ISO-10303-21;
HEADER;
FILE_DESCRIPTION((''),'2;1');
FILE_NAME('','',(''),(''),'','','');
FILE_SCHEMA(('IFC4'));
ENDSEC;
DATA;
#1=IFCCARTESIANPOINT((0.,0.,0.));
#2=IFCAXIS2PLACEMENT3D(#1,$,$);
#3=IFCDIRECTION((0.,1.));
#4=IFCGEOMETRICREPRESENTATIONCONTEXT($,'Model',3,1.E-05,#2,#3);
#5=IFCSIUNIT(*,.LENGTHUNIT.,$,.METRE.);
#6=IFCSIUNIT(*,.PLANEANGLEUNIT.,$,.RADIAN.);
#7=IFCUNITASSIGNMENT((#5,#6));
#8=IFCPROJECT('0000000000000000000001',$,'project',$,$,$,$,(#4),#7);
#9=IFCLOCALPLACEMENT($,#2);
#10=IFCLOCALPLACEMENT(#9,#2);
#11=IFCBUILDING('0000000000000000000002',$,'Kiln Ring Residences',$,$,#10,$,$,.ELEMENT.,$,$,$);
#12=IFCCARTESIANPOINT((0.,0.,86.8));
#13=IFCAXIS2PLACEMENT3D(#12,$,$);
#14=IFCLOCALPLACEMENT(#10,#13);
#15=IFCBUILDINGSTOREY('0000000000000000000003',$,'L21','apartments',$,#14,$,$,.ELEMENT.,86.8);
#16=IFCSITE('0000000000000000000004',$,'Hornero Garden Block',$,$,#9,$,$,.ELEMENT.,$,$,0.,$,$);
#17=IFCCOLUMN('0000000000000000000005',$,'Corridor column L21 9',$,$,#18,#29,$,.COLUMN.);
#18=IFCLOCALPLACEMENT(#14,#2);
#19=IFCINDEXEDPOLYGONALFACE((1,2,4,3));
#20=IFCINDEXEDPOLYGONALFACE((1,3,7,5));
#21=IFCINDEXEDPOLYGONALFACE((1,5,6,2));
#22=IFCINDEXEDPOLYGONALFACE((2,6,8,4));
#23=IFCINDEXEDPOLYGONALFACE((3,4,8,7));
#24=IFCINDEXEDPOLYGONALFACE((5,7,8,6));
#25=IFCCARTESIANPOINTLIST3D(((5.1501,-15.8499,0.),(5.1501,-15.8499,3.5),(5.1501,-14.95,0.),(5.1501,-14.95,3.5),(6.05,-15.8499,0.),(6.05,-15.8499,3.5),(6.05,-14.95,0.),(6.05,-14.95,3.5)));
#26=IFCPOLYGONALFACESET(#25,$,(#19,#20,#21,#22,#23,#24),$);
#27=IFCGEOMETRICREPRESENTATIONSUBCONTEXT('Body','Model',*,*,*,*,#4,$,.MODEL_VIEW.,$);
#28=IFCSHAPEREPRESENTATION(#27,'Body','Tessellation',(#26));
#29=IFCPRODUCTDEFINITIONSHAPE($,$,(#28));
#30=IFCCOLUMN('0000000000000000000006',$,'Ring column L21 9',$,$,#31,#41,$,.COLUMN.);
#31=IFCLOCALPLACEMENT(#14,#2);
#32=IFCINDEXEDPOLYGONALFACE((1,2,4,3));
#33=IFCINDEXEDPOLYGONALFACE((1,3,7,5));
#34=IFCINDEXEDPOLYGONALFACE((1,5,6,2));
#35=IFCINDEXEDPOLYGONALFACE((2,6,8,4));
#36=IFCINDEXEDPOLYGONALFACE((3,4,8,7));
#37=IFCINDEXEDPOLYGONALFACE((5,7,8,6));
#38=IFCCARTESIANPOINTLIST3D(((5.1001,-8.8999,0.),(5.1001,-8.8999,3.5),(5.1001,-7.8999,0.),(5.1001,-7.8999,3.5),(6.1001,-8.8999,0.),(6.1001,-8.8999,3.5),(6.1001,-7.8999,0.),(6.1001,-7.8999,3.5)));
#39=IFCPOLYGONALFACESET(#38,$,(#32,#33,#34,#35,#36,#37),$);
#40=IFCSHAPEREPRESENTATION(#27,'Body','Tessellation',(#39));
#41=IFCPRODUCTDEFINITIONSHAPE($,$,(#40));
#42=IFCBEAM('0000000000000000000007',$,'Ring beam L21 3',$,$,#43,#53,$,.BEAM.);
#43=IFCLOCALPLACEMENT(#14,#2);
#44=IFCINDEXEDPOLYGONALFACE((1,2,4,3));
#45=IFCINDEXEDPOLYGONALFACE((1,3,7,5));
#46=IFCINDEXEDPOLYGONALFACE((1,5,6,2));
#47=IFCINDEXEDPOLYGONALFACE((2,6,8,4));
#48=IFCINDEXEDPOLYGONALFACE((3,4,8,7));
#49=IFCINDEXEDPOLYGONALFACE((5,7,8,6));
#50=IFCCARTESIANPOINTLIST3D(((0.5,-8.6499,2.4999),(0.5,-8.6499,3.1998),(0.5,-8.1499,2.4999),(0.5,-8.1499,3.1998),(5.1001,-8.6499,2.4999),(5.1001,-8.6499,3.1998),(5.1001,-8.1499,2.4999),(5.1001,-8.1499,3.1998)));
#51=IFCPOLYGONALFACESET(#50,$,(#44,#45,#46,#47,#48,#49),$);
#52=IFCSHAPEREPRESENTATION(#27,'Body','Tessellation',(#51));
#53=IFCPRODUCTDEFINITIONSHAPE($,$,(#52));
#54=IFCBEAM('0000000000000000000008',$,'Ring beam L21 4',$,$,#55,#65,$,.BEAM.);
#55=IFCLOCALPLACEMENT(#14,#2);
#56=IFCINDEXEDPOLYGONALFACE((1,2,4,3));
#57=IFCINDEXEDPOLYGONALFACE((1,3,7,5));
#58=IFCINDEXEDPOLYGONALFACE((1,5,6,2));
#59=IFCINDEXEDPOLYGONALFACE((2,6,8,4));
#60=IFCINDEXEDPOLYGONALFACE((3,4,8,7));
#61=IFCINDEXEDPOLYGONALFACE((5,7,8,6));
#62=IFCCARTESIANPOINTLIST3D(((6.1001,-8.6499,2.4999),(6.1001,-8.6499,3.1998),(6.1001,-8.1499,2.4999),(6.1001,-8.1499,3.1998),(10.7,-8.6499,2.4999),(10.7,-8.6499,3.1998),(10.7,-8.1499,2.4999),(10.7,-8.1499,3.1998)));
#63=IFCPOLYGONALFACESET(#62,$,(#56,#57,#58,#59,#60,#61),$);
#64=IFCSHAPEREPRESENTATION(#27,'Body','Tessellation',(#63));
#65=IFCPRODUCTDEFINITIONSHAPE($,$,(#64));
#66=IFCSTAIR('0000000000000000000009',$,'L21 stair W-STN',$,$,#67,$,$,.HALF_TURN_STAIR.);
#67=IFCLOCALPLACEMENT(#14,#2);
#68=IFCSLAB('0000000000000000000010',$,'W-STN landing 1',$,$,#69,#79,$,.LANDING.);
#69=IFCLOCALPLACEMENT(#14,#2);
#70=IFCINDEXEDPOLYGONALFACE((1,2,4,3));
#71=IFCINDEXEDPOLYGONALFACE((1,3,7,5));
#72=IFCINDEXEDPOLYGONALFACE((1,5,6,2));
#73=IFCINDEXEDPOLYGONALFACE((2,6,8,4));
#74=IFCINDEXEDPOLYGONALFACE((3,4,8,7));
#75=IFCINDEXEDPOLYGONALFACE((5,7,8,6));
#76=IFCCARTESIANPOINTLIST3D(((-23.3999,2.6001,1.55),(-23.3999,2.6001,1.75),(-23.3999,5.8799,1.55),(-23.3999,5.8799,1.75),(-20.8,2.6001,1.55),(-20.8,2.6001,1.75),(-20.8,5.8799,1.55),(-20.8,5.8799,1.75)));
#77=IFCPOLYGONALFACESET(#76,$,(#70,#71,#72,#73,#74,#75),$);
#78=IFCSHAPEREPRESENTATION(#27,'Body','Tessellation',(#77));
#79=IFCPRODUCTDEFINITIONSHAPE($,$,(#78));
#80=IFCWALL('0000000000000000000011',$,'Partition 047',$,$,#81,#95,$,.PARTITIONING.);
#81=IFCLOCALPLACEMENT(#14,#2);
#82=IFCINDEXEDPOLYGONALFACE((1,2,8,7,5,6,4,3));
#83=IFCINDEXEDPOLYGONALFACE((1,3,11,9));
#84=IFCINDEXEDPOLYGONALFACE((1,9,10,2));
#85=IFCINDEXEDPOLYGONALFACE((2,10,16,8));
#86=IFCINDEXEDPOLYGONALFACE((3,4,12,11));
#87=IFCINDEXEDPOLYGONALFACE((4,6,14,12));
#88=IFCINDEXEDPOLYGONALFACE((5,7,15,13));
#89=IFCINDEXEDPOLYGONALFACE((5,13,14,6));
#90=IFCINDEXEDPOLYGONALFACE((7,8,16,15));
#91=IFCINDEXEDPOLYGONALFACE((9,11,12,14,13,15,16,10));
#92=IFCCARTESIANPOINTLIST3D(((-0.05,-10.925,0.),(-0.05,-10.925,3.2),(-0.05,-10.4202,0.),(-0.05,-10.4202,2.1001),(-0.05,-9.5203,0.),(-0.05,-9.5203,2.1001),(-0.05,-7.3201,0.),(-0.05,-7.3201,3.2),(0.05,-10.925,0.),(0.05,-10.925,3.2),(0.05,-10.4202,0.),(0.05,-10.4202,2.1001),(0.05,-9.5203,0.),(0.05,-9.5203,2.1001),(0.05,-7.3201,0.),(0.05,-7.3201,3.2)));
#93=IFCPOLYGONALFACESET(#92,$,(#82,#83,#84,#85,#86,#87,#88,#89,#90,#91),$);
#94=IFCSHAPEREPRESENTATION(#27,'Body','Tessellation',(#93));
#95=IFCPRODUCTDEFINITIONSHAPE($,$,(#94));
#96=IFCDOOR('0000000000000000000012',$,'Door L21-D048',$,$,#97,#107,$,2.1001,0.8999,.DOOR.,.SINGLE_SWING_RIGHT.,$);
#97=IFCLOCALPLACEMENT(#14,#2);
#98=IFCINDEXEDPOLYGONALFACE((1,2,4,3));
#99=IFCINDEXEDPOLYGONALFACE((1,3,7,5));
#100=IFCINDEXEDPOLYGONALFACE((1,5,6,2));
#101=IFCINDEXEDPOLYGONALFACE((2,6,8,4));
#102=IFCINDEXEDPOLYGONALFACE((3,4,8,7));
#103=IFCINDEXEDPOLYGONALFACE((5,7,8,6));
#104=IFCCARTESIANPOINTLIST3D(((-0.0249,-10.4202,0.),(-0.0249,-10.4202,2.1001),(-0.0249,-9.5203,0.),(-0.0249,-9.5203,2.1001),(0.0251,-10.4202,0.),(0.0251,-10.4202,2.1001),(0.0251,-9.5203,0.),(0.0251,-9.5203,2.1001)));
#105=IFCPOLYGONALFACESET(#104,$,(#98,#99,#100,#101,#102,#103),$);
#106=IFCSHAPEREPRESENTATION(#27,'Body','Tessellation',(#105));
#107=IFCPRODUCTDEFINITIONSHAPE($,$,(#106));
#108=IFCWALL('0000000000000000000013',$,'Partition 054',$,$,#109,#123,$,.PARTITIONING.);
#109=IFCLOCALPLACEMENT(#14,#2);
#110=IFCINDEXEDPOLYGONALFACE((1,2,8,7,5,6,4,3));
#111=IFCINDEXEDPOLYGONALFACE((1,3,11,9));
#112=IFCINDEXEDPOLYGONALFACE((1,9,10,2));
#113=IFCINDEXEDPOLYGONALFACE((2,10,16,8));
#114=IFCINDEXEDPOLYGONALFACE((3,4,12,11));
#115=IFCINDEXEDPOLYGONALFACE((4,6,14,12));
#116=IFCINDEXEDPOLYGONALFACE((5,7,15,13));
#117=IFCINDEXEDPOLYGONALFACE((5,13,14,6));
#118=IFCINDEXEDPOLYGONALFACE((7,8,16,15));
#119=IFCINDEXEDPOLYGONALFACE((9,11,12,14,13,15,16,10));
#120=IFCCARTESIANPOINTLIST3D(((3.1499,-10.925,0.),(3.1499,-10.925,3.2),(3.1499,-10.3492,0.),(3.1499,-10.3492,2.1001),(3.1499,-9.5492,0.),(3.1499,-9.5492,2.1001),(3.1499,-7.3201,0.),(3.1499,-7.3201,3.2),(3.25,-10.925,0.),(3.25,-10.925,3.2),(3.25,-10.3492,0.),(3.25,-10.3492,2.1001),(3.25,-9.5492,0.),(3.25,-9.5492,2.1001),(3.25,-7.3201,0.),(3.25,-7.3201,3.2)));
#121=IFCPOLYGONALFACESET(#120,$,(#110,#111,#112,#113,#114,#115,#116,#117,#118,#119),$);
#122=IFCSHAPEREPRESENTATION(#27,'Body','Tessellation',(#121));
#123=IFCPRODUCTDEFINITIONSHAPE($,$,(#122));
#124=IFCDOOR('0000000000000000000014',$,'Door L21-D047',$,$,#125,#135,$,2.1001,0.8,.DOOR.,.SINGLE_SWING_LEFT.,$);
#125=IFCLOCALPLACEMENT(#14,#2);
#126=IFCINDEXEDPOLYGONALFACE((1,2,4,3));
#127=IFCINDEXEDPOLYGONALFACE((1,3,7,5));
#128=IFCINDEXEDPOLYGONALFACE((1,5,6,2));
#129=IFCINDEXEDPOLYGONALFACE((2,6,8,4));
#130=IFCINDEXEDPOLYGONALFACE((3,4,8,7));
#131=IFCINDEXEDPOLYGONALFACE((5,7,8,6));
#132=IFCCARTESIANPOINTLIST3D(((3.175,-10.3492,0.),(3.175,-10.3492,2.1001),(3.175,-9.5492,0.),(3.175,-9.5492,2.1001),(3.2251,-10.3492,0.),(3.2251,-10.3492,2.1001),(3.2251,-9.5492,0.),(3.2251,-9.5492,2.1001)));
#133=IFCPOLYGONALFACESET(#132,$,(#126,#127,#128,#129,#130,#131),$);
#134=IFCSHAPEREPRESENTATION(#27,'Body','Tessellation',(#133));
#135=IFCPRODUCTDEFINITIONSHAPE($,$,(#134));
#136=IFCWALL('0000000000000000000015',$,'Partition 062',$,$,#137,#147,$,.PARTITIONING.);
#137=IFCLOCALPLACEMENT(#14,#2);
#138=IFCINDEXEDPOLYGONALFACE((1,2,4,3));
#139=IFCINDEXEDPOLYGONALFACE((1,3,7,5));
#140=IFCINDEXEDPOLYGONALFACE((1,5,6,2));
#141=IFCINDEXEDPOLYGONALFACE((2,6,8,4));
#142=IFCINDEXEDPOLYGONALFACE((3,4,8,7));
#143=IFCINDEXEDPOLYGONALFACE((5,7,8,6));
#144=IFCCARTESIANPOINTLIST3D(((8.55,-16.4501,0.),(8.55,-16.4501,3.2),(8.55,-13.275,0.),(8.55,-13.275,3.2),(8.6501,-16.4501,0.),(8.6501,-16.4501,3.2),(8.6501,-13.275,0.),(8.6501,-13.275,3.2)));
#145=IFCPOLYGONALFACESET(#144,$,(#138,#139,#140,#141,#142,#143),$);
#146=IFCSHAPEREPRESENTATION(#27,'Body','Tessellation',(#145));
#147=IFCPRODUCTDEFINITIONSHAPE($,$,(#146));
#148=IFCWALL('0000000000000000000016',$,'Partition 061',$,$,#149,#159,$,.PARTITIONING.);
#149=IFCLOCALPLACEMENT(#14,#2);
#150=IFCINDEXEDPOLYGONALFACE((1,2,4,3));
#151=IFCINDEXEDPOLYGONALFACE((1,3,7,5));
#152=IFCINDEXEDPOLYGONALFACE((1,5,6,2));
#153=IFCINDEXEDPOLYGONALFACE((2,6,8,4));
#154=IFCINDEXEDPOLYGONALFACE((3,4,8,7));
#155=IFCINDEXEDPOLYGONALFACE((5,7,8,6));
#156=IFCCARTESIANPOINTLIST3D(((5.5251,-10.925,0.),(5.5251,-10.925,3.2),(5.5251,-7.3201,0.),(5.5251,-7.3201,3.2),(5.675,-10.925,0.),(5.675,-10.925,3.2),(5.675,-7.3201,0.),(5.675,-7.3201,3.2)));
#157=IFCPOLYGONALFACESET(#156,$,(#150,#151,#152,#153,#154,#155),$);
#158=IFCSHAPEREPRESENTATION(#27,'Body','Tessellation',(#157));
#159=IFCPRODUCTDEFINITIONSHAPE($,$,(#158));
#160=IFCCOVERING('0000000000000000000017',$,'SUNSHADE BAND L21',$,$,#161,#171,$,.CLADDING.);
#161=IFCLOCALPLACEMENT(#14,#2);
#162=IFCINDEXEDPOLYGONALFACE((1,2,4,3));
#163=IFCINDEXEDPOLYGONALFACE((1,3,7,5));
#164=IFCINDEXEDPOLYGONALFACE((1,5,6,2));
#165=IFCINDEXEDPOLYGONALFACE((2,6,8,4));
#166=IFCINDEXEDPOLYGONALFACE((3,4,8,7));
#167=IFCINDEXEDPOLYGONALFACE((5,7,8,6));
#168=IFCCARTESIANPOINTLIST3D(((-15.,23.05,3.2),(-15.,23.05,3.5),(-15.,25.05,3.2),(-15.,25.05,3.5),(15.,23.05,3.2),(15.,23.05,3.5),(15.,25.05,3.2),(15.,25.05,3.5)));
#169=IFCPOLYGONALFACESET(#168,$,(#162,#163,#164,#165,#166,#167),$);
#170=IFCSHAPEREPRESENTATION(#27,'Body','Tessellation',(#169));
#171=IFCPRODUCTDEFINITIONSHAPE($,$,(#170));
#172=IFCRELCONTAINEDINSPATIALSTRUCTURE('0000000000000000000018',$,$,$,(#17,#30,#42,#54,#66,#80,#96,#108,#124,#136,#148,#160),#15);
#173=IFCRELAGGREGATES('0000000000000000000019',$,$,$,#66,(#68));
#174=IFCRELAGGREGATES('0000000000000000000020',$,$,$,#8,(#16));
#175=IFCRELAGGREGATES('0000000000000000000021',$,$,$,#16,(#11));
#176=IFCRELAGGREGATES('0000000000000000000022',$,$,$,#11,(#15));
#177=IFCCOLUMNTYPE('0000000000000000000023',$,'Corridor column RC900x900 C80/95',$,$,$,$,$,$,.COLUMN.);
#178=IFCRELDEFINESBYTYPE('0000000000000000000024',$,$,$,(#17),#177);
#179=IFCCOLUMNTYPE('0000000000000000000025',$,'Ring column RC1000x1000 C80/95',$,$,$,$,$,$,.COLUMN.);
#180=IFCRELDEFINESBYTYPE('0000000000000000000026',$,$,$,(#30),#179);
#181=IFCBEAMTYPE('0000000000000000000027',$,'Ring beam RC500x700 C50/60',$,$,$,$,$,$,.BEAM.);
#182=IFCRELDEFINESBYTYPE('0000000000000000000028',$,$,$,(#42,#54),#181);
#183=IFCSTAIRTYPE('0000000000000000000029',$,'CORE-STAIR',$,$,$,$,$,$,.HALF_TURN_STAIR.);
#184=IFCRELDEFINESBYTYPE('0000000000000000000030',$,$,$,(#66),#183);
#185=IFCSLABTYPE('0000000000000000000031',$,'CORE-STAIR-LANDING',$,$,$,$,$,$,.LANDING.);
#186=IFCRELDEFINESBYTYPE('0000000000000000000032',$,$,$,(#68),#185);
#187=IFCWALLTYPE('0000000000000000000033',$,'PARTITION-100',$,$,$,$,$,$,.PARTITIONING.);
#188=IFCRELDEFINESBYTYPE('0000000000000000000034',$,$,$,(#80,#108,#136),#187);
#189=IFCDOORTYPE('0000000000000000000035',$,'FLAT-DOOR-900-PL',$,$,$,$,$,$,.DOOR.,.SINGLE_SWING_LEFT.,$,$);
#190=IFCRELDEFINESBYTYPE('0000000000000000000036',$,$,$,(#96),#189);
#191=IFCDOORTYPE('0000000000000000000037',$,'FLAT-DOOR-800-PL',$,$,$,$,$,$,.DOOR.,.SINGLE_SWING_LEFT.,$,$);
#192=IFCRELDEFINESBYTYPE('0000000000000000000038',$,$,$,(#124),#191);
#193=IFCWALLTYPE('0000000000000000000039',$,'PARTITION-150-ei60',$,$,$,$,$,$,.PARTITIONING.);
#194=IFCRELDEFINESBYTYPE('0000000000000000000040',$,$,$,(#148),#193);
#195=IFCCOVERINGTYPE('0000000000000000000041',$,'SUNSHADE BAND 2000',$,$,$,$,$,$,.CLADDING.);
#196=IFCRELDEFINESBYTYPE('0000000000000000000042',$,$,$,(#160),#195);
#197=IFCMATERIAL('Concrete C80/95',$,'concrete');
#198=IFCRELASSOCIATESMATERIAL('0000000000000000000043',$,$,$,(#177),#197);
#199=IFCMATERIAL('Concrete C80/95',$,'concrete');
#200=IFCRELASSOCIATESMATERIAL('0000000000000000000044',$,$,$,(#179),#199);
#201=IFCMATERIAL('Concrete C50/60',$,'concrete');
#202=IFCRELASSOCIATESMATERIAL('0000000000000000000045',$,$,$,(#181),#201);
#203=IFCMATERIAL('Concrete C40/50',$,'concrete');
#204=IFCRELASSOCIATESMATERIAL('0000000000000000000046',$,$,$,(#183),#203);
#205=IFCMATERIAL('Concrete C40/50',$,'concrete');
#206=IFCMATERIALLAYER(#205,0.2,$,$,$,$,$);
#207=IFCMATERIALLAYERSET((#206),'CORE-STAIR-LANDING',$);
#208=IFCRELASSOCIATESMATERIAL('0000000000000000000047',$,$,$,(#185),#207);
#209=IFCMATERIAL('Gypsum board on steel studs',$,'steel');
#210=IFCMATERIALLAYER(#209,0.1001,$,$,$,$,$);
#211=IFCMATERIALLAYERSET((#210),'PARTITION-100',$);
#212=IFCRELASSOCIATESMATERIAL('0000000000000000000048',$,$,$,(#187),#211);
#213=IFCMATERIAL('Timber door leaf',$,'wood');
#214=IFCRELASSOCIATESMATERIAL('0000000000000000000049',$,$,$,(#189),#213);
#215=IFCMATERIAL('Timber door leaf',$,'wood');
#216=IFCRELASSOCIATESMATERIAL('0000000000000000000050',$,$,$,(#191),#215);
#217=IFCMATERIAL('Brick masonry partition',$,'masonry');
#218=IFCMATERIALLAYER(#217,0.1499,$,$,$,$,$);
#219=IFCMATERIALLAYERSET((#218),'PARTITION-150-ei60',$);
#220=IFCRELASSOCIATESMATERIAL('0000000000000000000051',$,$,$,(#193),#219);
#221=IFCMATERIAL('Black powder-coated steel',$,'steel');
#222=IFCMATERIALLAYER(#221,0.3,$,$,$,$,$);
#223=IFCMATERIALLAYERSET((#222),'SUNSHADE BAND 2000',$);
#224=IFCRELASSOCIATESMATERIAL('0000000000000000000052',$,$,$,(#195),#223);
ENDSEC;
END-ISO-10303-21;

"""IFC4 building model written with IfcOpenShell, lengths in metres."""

from ifc_helpers import new_model, si_unit, direction, frame, frame_2d, origin, origin_2d, place, context, subcontext, project, spatial, polyline, rectangle, outline, extrude, material, layer, layer_set, material_profile, profile_set, type_object, element, fill, aggregate, save


model = new_model("IFC4")

# Units and contexts
model_context = context("Model", 3, precision=1e-05, world=origin(), true_north=direction((0.0, 1.0)))
body_context = subcontext(model_context, "Body", "Model", "MODEL_VIEW")
ifc_project = project(units=[si_unit("LENGTHUNIT", "METRE"), si_unit("PLANEANGLEUNIT", "RADIAN")], contexts=[model_context])

# Site, building, storey
site_placement = place(None, origin())
site = spatial("IfcSite", under=ifc_project, at=site_placement, Name="Hornero Garden Block", CompositionType="ELEMENT", RefElevation=0.0)
building_placement = place(site_placement, origin())
building = spatial("IfcBuilding", under=site, at=building_placement, Name="Kiln Ring Residences", CompositionType="ELEMENT")
storey_placement = place(building_placement, frame((0.0, 0.0, 86.8)))
storey = spatial("IfcBuildingStorey", under=building, at=storey_placement, Name="L21", Description="apartments", CompositionType="ELEMENT", Elevation=86.8)

# Columns
ifc_material_1 = material(Name="Concrete C80/95", Category="concrete")
ifc_material_profile_1 = material_profile(ifc_material_1, rectangle(XDim=0.8999, YDim=0.8999, at=origin_2d()), Name="RC900x900")
ifc_profile_set_1 = profile_set([ifc_material_profile_1], Name="Concrete C80/95")
column_type_1 = type_object("IfcColumnType", Name="Corridor column RC900x900 C80/95", PredefinedType="COLUMN", material=ifc_profile_set_1)
column_1_placement = place(storey_placement, frame((5.6001, -15.3999, 0.0), z_axis=(0.0, 0.0, 1.0), x_axis=(1.0, 0.0, 0.0)))
element("IfcColumn", 1, at=column_1_placement, inside=storey, type_object=column_type_1, Name="Corridor column L21 9", PredefinedType="COLUMN", context=body_context, shape_type="SweptSolid", body=[
    extrude(rectangle(XDim=0.8999, YDim=0.8999, at=origin_2d()), origin(), (0.0, 0.0, 1.0), 3.5),
])
ifc_material_2 = material(Name="Concrete C80/95", Category="concrete")
ifc_material_profile_2 = material_profile(ifc_material_2, rectangle(XDim=1.0, YDim=1.0, at=origin_2d()), Name="RC1000x1000")
ifc_profile_set_2 = profile_set([ifc_material_profile_2], Name="Concrete C80/95")
column_type_2 = type_object("IfcColumnType", Name="Ring column RC1000x1000 C80/95", PredefinedType="COLUMN", material=ifc_profile_set_2)
column_2_placement = place(storey_placement, frame((5.6001, -8.3999, 0.0), z_axis=(0.0, 0.0, 1.0), x_axis=(1.0, 0.0, 0.0)))
element("IfcColumn", 2, at=column_2_placement, inside=storey, type_object=column_type_2, Name="Ring column L21 9", PredefinedType="COLUMN", context=body_context, shape_type="SweptSolid", body=[
    extrude(rectangle(XDim=1.0, YDim=1.0, at=origin_2d()), origin(), (0.0, 0.0, 1.0), 3.5),
])

# Beams
ifc_material_3 = material(Name="Concrete C50/60", Category="concrete")
ifc_material_profile_3 = material_profile(ifc_material_3, rectangle(XDim=0.5, YDim=0.7, at=origin_2d()), Name="RC500x700")
ifc_profile_set_3 = profile_set([ifc_material_profile_3], Name="Concrete C50/60")
beam_type = type_object("IfcBeamType", Name="Ring beam RC500x700 C50/60", PredefinedType="BEAM", material=ifc_profile_set_3)
beam_1_placement = place(storey_placement, frame((0.5, -8.3999, 2.8499), z_axis=(1.0, 0.0, 0.0), x_axis=(0.0, 1.0, 0.0)))
element("IfcBeam", 3, at=beam_1_placement, inside=storey, type_object=beam_type, Name="Ring beam L21 3", PredefinedType="BEAM", context=body_context, shape_type="SweptSolid", body=[
    extrude(rectangle(XDim=0.5, YDim=0.7, at=origin_2d()), origin(), (0.0, 0.0, 1.0), 4.6001),
])
beam_2_placement = place(storey_placement, frame((6.1001, -8.3999, 2.8499), z_axis=(1.0, 0.0, 0.0), x_axis=(0.0, 1.0, 0.0)))
element("IfcBeam", 4, at=beam_2_placement, inside=storey, type_object=beam_type, Name="Ring beam L21 4", PredefinedType="BEAM", context=body_context, shape_type="SweptSolid", body=[
    extrude(rectangle(XDim=0.5, YDim=0.7, at=origin_2d()), origin(), (0.0, 0.0, 1.0), 4.5999),
])

# Stair, slab
ifc_material_4 = material(Name="Concrete C40/50", Category="concrete")
stair_type = type_object("IfcStairType", Name="CORE-STAIR", PredefinedType="HALF_TURN_STAIR", material=ifc_material_4)
stair_placement = place(storey_placement, origin())
stair = element("IfcStair", 5, at=stair_placement, inside=storey, type_object=stair_type, Name="L21 stair W-STN", PredefinedType="HALF_TURN_STAIR")
ifc_material_5 = material(Name="Concrete C40/50", Category="concrete")
ifc_layer_1 = layer(ifc_material_5, 0.2)
ifc_layer_set_1 = layer_set([ifc_layer_1], Name="CORE-STAIR-LANDING")
slab_type = type_object("IfcSlabType", Name="CORE-STAIR-LANDING", PredefinedType="LANDING", material=ifc_layer_set_1)
slab_placement = place(storey_placement, frame((0.0, 0.0, 1.55)))
slab = element("IfcSlab", 6, at=slab_placement, type_object=slab_type, Name="W-STN landing 1", PredefinedType="LANDING", context=body_context, shape_type="SweptSolid", body=[
    extrude(outline(polyline([(-23.3999, 5.8799), (-23.3999, 2.6001), (-20.8, 2.6001), (-20.8, 5.8799), (-23.3999, 5.8799)])), origin(), (0.0, 0.0, 1.0), 0.2),
])
aggregate(stair, [slab])

# Walls, openings, doors
ifc_material_6 = material(Name="Gypsum board on steel studs", Category="steel")
ifc_layer_2 = layer(ifc_material_6, 0.1001)
ifc_layer_set_2 = layer_set([ifc_layer_2], Name="PARTITION-100")
wall_type_1 = type_object("IfcWallType", Name="PARTITION-100", PredefinedType="PARTITIONING", material=ifc_layer_set_2)
wall_1_placement = place(storey_placement, frame((0.0, -10.925, 0.0), z_axis=(0.0, 0.0, 1.0), x_axis=(0.0, 1.0, 0.0)))
wall_1 = element("IfcWall", 7, at=wall_1_placement, inside=storey, type_object=wall_type_1, Name="Partition 047", PredefinedType="PARTITIONING", context=body_context, shape_type="SweptSolid", body=[
    extrude(rectangle(XDim=3.605, YDim=0.1001, at=frame_2d((1.8025, 0.0))), origin(), (0.0, 0.0, 1.0), 3.2),
])
opening_1_placement = place(wall_1_placement, frame((0.5049, 0.0, 0.0)))
opening_1 = element("IfcOpeningElement", 8, at=opening_1_placement, cuts=wall_1, PredefinedType="OPENING", context=body_context, shape_type="SweptSolid", body=[
    extrude(rectangle(XDim=0.8999, YDim=2.1001, at=frame_2d((0.45, 1.05))), frame((0.0, 0.0601, 0.0), z_axis=(0.0, -1.0, 0.0), x_axis=(1.0, 0.0, 0.0)), (0.0, 0.0, 1.0), 0.1201),
])
ifc_material_7 = material(Name="Timber door leaf", Category="wood")
door_type_1 = type_object("IfcDoorType", Name="FLAT-DOOR-900-PL", OperationType="SINGLE_SWING_LEFT", PredefinedType="DOOR", material=ifc_material_7)
door_1_placement = place(opening_1_placement, origin())
door_1 = element("IfcDoor", 9, at=door_1_placement, inside=storey, type_object=door_type_1, Name="Door L21-D048", OperationType="SINGLE_SWING_RIGHT", OverallHeight=2.1001, OverallWidth=0.8999, PredefinedType="DOOR", context=body_context, shape_type="SweptSolid", body=[
    extrude(rectangle(XDim=0.8999, YDim=2.1001, at=frame_2d((0.45, 1.05))), frame((0.0, 0.0249, 0.0), z_axis=(0.0, -1.0, 0.0), x_axis=(1.0, 0.0, 0.0)), (0.0, 0.0, 1.0), 0.05),
])
fill(opening_1, door_1)
wall_2_placement = place(storey_placement, frame((3.2, -10.925, 0.0), z_axis=(0.0, 0.0, 1.0), x_axis=(0.0, 1.0, 0.0)))
wall_2 = element("IfcWall", 10, at=wall_2_placement, inside=storey, type_object=wall_type_1, Name="Partition 054", PredefinedType="PARTITIONING", context=body_context, shape_type="SweptSolid", body=[
    extrude(rectangle(XDim=3.605, YDim=0.1001, at=frame_2d((1.8025, 0.0))), origin(), (0.0, 0.0, 1.0), 3.2),
])
opening_2_placement = place(wall_2_placement, frame((0.5759, 0.0, 0.0)))
opening_2 = element("IfcOpeningElement", 11, at=opening_2_placement, cuts=wall_2, PredefinedType="OPENING", context=body_context, shape_type="SweptSolid", body=[
    extrude(rectangle(XDim=0.8, YDim=2.1001, at=frame_2d((0.3999, 1.05))), frame((0.0, 0.0601, 0.0), z_axis=(0.0, -1.0, 0.0), x_axis=(1.0, 0.0, 0.0)), (0.0, 0.0, 1.0), 0.1201),
])
ifc_material_8 = material(Name="Timber door leaf", Category="wood")
door_type_2 = type_object("IfcDoorType", Name="FLAT-DOOR-800-PL", OperationType="SINGLE_SWING_LEFT", PredefinedType="DOOR", material=ifc_material_8)
door_2_placement = place(opening_2_placement, origin())
door_2 = element("IfcDoor", 12, at=door_2_placement, inside=storey, type_object=door_type_2, Name="Door L21-D047", OperationType="SINGLE_SWING_LEFT", OverallHeight=2.1001, OverallWidth=0.8, PredefinedType="DOOR", context=body_context, shape_type="SweptSolid", body=[
    extrude(rectangle(XDim=0.8, YDim=2.1001, at=frame_2d((0.3999, 1.05))), frame((0.0, 0.0249, 0.0), z_axis=(0.0, -1.0, 0.0), x_axis=(1.0, 0.0, 0.0)), (0.0, 0.0, 1.0), 0.05),
])
fill(opening_2, door_2)

# Walls
wall_3_placement = place(storey_placement, frame((8.6001, -16.45, 0.0), z_axis=(0.0, 0.0, 1.0), x_axis=(0.0, 1.0, 0.0)))
element("IfcWall", 13, at=wall_3_placement, inside=storey, type_object=wall_type_1, Name="Partition 062", PredefinedType="PARTITIONING", context=body_context, shape_type="SweptSolid", body=[
    extrude(rectangle(XDim=3.175, YDim=0.1001, at=frame_2d((1.5874, 0.0))), origin(), (0.0, 0.0, 1.0), 3.2),
])
ifc_material_9 = material(Name="Brick masonry partition", Category="masonry")
ifc_layer_3 = layer(ifc_material_9, 0.1499)
ifc_layer_set_3 = layer_set([ifc_layer_3], Name="PARTITION-150-ei60")
wall_type_2 = type_object("IfcWallType", Name="PARTITION-150-ei60", PredefinedType="PARTITIONING", material=ifc_layer_set_3)
wall_4_placement = place(storey_placement, frame((5.6001, -10.925, 0.0), z_axis=(0.0, 0.0, 1.0), x_axis=(0.0, 1.0, 0.0)))
element("IfcWall", 14, at=wall_4_placement, inside=storey, type_object=wall_type_2, Name="Partition 061", PredefinedType="PARTITIONING", context=body_context, shape_type="SweptSolid", body=[
    extrude(rectangle(XDim=3.605, YDim=0.1499, at=frame_2d((1.8025, 0.0))), origin(), (0.0, 0.0, 1.0), 3.2),
])

# Covering
ifc_material_10 = material(Name="Black powder-coated steel", Category="steel")
ifc_layer_4 = layer(ifc_material_10, 0.3)
ifc_layer_set_4 = layer_set([ifc_layer_4], Name="SUNSHADE BAND 2000")
covering_type = type_object("IfcCoveringType", Name="SUNSHADE BAND 2000", PredefinedType="CLADDING", material=ifc_layer_set_4)
placement = place(storey_placement, frame((0.0, 0.0, 3.2)))
element("IfcCovering", 15, at=placement, inside=storey, type_object=covering_type, Name="SUNSHADE BAND L21", PredefinedType="CLADDING", context=body_context, shape_type="SweptSolid", body=[
    extrude(outline(polyline([(15.0, 25.05), (-15.0, 25.05), (-15.0, 23.05), (15.0, 23.05), (15.0, 25.05)])), origin(), (0.0, 0.0, 1.0), 0.3),
])

save(model, "model.ifc")
